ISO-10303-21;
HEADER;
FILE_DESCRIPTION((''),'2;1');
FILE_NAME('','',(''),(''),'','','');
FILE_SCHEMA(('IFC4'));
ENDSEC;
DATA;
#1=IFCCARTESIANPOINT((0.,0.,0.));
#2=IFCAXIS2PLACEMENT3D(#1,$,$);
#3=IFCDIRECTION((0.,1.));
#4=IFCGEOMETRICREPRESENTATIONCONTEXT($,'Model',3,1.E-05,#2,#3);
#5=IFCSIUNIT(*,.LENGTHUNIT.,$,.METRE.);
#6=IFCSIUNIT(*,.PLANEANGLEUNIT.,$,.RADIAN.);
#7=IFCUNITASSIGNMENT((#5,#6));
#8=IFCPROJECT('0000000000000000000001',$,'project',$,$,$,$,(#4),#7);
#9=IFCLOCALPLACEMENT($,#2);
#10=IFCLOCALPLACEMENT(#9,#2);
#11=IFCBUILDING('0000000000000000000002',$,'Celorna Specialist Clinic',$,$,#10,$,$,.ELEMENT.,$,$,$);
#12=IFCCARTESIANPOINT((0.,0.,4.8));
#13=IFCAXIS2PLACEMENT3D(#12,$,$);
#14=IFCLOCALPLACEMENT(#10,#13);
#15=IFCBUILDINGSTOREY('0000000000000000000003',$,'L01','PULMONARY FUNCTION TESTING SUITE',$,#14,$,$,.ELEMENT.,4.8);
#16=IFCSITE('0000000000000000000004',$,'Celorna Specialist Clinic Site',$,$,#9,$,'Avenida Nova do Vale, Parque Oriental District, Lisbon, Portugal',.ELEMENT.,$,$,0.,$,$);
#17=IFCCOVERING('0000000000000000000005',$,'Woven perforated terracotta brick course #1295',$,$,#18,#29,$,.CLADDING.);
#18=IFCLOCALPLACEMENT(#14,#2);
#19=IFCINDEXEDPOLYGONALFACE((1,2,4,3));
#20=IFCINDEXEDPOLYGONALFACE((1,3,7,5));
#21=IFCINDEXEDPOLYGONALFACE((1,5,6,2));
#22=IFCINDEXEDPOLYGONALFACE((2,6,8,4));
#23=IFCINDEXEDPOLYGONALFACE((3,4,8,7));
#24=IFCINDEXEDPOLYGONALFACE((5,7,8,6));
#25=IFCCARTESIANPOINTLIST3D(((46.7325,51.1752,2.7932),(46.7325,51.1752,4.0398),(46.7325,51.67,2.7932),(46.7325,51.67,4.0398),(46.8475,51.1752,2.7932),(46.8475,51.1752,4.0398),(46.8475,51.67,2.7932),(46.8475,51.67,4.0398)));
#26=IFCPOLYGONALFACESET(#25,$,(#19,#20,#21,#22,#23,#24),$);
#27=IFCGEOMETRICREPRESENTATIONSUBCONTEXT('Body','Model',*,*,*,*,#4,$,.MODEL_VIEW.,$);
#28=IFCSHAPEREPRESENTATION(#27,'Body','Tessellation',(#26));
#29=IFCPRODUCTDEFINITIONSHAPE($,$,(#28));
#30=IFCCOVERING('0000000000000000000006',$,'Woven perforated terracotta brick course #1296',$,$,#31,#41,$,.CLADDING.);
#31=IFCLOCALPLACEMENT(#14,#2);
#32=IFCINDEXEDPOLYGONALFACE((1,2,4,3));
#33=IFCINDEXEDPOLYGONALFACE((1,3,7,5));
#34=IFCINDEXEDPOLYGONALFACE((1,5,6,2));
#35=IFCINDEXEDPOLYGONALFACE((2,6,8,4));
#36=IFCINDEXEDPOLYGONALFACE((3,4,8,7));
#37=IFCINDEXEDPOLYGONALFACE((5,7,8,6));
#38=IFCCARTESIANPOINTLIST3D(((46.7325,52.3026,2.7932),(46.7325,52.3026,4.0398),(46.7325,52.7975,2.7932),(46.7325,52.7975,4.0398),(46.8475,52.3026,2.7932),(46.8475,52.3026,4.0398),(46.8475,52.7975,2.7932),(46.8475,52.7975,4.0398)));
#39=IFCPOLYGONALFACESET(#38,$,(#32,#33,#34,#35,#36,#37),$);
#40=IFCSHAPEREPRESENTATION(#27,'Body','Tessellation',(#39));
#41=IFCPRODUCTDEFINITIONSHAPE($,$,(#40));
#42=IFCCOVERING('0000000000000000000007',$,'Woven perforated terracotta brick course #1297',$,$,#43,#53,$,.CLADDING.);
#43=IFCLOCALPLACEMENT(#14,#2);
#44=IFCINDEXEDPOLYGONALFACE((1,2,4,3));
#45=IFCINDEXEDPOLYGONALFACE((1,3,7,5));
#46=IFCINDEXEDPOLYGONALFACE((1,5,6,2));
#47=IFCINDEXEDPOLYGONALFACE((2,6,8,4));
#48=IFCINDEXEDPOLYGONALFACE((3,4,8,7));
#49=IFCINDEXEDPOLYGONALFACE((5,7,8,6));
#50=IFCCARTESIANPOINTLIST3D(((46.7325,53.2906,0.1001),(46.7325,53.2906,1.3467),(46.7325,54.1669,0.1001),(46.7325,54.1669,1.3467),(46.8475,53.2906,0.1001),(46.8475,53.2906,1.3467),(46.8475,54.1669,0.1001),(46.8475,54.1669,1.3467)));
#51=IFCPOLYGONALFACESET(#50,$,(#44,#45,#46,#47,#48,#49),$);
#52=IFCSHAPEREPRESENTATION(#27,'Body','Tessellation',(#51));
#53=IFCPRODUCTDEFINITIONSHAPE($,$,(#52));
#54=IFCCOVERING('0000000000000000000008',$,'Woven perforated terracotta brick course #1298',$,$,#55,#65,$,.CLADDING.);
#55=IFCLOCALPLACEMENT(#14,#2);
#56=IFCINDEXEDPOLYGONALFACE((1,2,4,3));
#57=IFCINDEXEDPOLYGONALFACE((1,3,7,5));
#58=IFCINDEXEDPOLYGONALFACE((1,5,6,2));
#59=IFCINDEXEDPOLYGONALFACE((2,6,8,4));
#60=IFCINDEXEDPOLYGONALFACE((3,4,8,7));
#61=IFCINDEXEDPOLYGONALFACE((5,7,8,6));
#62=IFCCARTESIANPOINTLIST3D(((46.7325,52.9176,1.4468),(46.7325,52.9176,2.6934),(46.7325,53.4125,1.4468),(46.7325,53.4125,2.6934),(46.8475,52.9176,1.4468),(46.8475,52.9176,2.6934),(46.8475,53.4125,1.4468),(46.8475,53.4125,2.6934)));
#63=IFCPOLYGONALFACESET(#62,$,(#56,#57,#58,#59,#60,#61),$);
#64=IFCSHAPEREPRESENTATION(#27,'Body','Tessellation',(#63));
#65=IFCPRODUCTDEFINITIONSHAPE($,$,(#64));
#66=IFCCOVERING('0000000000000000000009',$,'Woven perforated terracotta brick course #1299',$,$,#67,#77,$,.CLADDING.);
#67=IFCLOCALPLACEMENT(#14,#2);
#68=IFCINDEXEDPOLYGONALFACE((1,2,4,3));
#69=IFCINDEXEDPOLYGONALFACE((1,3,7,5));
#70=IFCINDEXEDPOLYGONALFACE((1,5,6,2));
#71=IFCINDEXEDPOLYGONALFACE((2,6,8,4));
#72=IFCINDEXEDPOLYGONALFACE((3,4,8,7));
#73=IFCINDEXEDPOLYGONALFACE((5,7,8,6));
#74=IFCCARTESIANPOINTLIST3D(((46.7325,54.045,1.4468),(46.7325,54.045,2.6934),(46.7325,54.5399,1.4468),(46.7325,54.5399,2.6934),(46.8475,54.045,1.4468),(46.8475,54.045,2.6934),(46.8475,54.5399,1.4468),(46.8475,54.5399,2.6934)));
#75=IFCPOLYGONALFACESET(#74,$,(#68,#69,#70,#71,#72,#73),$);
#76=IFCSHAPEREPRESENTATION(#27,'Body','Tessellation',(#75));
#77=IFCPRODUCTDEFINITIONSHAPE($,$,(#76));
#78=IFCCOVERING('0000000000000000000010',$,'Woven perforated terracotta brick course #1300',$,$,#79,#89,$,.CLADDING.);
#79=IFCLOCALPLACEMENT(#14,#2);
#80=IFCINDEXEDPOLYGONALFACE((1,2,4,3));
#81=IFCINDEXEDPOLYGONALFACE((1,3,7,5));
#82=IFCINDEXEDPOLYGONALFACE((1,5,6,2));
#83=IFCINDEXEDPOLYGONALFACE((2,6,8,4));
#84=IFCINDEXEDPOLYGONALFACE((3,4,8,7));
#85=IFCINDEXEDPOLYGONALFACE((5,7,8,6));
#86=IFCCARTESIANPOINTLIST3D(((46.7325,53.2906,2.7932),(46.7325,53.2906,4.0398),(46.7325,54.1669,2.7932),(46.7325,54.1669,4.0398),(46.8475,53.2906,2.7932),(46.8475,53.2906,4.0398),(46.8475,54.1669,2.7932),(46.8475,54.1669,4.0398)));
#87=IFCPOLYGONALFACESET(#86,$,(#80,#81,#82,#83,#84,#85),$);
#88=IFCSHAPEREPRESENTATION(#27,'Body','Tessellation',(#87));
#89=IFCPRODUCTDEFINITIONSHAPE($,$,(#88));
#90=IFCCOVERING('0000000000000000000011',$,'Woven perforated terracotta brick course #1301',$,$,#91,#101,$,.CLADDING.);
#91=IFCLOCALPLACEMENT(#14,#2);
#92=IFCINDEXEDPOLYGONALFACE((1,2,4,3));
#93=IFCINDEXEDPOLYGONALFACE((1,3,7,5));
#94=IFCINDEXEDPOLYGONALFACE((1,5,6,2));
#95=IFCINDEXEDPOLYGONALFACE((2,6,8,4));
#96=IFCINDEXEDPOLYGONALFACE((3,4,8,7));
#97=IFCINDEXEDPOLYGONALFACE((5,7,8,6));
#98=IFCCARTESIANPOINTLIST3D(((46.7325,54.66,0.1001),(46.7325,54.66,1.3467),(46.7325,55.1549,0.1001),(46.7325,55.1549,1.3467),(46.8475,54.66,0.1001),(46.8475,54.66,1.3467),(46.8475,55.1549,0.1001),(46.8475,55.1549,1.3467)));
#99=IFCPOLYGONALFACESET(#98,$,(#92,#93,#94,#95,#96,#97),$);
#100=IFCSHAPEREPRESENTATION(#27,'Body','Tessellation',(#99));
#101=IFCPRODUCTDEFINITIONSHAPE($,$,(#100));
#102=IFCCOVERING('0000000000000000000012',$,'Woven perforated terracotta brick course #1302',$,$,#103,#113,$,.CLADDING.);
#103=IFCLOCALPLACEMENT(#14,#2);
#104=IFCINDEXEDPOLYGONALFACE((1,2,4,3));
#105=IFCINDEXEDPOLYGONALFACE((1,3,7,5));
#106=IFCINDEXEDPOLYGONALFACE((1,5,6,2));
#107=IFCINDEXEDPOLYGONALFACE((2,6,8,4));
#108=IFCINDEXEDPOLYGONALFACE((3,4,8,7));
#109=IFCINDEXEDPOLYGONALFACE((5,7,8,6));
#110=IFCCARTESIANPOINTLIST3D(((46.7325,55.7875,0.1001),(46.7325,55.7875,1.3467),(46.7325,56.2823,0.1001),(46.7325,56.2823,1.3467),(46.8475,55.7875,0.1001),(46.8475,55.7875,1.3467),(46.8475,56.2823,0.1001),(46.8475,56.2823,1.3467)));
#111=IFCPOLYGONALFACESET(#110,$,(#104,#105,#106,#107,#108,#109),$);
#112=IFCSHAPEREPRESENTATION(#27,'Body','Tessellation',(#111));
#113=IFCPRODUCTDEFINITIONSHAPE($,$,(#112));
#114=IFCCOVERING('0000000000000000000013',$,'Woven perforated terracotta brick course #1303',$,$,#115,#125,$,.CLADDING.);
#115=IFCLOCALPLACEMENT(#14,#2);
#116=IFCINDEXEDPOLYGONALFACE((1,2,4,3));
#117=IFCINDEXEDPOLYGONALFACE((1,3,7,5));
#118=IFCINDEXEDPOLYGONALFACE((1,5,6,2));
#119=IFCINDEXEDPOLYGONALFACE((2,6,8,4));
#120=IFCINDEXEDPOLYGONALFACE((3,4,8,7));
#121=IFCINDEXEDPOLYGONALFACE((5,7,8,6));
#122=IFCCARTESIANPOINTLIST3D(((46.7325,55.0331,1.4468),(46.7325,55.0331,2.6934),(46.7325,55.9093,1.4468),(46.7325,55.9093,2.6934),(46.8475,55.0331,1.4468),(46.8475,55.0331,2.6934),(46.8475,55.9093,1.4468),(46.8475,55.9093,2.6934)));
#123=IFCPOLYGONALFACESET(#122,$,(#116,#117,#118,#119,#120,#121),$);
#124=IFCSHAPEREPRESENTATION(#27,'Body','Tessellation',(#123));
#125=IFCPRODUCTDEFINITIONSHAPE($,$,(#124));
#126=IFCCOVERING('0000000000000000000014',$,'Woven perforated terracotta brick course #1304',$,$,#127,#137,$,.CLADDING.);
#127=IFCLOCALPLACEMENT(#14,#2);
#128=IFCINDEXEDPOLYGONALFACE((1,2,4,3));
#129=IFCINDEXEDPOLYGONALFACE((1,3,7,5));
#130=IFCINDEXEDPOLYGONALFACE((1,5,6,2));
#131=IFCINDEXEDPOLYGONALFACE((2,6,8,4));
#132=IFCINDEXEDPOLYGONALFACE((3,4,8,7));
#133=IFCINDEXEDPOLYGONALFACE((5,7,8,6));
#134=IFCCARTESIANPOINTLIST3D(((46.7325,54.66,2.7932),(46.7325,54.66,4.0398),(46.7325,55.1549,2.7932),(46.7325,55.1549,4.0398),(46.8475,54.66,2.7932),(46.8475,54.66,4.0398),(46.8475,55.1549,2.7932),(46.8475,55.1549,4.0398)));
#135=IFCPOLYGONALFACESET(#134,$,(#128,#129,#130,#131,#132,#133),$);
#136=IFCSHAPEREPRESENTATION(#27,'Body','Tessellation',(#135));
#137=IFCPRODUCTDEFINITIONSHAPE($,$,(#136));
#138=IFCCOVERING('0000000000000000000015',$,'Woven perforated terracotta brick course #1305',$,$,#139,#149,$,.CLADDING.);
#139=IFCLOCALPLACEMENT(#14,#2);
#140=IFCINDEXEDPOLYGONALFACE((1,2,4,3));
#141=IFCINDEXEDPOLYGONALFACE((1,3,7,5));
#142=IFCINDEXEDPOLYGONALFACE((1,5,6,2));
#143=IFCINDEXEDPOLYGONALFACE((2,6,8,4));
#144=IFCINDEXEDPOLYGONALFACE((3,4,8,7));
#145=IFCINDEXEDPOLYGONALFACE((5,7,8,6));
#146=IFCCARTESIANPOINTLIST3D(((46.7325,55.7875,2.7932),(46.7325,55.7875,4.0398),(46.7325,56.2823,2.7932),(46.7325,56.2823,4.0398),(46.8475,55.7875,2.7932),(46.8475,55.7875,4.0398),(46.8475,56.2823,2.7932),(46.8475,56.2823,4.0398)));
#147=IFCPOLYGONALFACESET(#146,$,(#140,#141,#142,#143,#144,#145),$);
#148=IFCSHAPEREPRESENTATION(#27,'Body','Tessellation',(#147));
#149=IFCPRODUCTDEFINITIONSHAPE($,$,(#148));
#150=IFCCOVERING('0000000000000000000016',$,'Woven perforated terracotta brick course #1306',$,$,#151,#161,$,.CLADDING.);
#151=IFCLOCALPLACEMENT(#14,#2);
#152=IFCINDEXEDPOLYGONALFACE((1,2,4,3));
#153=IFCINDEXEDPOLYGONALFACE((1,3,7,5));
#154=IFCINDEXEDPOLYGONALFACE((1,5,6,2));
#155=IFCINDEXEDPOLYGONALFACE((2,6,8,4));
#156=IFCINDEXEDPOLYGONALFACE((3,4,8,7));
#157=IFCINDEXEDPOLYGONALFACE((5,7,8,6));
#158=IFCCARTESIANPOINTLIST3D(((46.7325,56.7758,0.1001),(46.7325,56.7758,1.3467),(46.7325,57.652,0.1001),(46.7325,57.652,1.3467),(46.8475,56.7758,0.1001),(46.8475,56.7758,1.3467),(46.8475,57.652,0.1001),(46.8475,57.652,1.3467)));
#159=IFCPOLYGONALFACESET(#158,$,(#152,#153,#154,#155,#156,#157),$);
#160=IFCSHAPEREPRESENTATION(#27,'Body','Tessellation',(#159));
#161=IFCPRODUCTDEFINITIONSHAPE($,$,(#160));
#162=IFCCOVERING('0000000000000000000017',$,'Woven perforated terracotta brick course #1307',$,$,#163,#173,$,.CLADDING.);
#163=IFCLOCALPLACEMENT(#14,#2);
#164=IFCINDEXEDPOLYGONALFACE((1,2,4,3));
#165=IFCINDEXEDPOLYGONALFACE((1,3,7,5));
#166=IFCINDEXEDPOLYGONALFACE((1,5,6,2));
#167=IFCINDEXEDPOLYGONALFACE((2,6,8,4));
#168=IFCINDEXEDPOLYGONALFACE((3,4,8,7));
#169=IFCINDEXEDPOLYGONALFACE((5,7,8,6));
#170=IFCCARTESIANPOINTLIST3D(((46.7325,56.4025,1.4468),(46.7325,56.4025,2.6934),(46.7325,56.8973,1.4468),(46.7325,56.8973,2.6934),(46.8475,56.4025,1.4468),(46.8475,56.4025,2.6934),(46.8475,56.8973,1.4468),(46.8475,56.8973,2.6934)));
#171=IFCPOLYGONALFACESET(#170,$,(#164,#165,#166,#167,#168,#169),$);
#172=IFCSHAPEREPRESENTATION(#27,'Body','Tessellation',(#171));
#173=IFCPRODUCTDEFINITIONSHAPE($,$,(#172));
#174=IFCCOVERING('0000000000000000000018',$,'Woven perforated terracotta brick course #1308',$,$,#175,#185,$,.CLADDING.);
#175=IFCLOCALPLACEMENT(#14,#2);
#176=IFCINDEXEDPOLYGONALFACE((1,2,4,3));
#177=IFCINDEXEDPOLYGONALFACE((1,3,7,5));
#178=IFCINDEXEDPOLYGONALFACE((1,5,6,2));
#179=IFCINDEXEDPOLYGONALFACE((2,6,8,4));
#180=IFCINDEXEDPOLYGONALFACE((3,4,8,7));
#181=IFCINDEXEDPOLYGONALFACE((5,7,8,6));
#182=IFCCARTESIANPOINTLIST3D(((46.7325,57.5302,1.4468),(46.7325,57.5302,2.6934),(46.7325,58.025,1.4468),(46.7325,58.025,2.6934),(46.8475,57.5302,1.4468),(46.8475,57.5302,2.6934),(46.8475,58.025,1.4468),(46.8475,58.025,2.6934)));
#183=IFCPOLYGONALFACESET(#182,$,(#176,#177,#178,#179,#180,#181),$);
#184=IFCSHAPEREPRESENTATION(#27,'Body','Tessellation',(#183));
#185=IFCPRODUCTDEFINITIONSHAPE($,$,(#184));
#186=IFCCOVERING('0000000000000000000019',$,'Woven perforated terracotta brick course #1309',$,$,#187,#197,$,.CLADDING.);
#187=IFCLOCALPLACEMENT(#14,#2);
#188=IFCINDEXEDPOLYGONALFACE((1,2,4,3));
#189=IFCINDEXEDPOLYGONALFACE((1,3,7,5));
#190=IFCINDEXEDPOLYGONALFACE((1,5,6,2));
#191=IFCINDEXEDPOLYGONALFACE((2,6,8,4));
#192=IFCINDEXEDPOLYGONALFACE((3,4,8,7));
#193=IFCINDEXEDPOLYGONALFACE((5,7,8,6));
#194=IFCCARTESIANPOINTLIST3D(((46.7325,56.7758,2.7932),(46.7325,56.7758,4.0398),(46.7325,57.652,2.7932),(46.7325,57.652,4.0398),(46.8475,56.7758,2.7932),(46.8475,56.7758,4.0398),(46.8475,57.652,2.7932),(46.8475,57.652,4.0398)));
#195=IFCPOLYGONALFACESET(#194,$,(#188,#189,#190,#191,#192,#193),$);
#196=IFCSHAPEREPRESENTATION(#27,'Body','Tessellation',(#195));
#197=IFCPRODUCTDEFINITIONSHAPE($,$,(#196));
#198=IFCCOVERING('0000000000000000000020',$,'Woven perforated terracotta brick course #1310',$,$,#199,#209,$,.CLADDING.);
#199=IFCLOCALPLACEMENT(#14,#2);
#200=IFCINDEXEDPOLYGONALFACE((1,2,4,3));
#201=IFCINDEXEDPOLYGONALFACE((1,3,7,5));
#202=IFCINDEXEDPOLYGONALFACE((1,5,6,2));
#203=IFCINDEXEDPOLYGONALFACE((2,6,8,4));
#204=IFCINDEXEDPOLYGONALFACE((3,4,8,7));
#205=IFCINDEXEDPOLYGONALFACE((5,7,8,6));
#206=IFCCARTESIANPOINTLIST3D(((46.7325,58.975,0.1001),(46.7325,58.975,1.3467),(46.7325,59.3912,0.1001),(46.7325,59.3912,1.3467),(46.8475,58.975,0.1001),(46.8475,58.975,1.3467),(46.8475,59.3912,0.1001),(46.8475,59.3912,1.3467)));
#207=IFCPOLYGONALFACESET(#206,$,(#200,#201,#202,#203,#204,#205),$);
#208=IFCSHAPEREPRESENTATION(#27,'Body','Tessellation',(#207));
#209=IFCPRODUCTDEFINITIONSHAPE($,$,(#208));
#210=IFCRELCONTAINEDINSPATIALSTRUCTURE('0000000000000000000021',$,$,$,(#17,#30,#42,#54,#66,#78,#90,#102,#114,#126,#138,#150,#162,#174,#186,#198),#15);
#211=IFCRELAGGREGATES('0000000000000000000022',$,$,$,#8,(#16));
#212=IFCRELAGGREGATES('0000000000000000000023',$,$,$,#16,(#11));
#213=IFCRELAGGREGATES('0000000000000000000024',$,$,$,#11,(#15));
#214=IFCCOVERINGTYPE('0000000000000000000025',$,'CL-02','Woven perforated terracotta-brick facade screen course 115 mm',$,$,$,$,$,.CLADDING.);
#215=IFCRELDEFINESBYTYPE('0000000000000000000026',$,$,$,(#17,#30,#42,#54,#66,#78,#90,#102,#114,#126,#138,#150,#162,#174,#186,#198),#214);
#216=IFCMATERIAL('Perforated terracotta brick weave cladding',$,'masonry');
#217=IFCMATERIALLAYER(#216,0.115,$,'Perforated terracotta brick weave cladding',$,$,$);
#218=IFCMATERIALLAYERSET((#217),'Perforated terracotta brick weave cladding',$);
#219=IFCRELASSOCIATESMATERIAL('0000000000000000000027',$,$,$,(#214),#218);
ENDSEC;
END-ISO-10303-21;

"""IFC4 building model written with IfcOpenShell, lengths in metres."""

from ifc_helpers import new_model, si_unit, direction, frame, origin, origin_2d, place, context, subcontext, project, spatial, rectangle, extrude, material, layer, layer_set, type_object, element, save


model = new_model("IFC4")

# Units and contexts
model_context = context("Model", 3, precision=1e-05, world=origin(), true_north=direction((0.0, 1.0)))
body_context = subcontext(model_context, "Body", "Model", "MODEL_VIEW")
ifc_project = project(units=[si_unit("LENGTHUNIT", "METRE"), si_unit("PLANEANGLEUNIT", "RADIAN")], contexts=[model_context])

# Site, building, storey
site_placement = place(None, origin())
site = spatial("IfcSite", under=ifc_project, at=site_placement, Name="Celorna Specialist Clinic Site", LongName="Avenida Nova do Vale, Parque Oriental District, Lisbon, Portugal", CompositionType="ELEMENT", RefElevation=0.0)
building_placement = place(site_placement, origin())
building = spatial("IfcBuilding", under=site, at=building_placement, Name="Celorna Specialist Clinic", CompositionType="ELEMENT")
storey_placement = place(building_placement, frame((0.0, 0.0, 4.8)))
storey = spatial("IfcBuildingStorey", under=building, at=storey_placement, Name="L01", Description="PULMONARY FUNCTION TESTING SUITE", CompositionType="ELEMENT", Elevation=4.8)

# Coverings
ifc_material_1 = material(Name="Perforated terracotta brick weave cladding", Category="masonry")
ifc_layer = layer(ifc_material_1, 0.115, Name="Perforated terracotta brick weave cladding")
ifc_layer_set = layer_set([ifc_layer], Name="Perforated terracotta brick weave cladding")
covering_type = type_object("IfcCoveringType", Name="CL-02", Description="Woven perforated terracotta-brick facade screen course 115 mm", PredefinedType="CLADDING", material=ifc_layer_set)
for number, where, z_axis, x_axis, name in (
    (1, (46.79, 51.4226, 2.7932), (0.0, 0.0, 1.0), (0.0, 1.0, 0.0), "Woven perforated terracotta brick course #1295"),
    (2, (46.79, 52.55, 2.7932), (0.0, 0.0, 1.0), (0.0, 1.0, 0.0), "Woven perforated terracotta brick course #1296"),
):
    element("IfcCovering", number, at=place(storey_placement, frame(where, z_axis=z_axis, x_axis=x_axis)), inside=storey, type_object=covering_type, Name=name, PredefinedType="CLADDING", context=body_context, shape_type="SweptSolid", body=[
        extrude(rectangle(XDim=0.4949, YDim=0.115, at=origin_2d()), origin(), (0.0, 0.0, 1.0), 1.2466),
    ])
covering_1_placement = place(storey_placement, frame((46.79, 53.7288, 0.1001), z_axis=(0.0, 0.0, 1.0), x_axis=(0.0, 1.0, 0.0)))
element("IfcCovering", 3, at=covering_1_placement, inside=storey, type_object=covering_type, Name="Woven perforated terracotta brick course #1297", PredefinedType="CLADDING", context=body_context, shape_type="SweptSolid", body=[
    extrude(rectangle(XDim=0.8762, YDim=0.115, at=origin_2d()), origin(), (0.0, 0.0, 1.0), 1.2466),
])
for number, where, z_axis, x_axis, name in (
    (4, (46.79, 53.165, 1.4468), (0.0, 0.0, 1.0), (0.0, 1.0, 0.0), "Woven perforated terracotta brick course #1298"),
    (5, (46.79, 54.2925, 1.4468), (0.0, 0.0, 1.0), (0.0, 1.0, 0.0), "Woven perforated terracotta brick course #1299"),
):
    element("IfcCovering", number, at=place(storey_placement, frame(where, z_axis=z_axis, x_axis=x_axis)), inside=storey, type_object=covering_type, Name=name, PredefinedType="CLADDING", context=body_context, shape_type="SweptSolid", body=[
        extrude(rectangle(XDim=0.4949, YDim=0.115, at=origin_2d()), origin(), (0.0, 0.0, 1.0), 1.2466),
    ])
covering_2_placement = place(storey_placement, frame((46.79, 53.7288, 2.7932), z_axis=(0.0, 0.0, 1.0), x_axis=(0.0, 1.0, 0.0)))
element("IfcCovering", 6, at=covering_2_placement, inside=storey, type_object=covering_type, Name="Woven perforated terracotta brick course #1300", PredefinedType="CLADDING", context=body_context, shape_type="SweptSolid", body=[
    extrude(rectangle(XDim=0.8762, YDim=0.115, at=origin_2d()), origin(), (0.0, 0.0, 1.0), 1.2466),
])
for number, where, z_axis, x_axis, name in (
    (7, (46.79, 54.9075, 0.1001), (0.0, 0.0, 1.0), (0.0, 1.0, 0.0), "Woven perforated terracotta brick course #1301"),
    (8, (46.79, 56.0349, 0.1001), (0.0, 0.0, 1.0), (0.0, 1.0, 0.0), "Woven perforated terracotta brick course #1302"),
):
    element("IfcCovering", number, at=place(storey_placement, frame(where, z_axis=z_axis, x_axis=x_axis)), inside=storey, type_object=covering_type, Name=name, PredefinedType="CLADDING", context=body_context, shape_type="SweptSolid", body=[
        extrude(rectangle(XDim=0.4949, YDim=0.115, at=origin_2d()), origin(), (0.0, 0.0, 1.0), 1.2466),
    ])
covering_3_placement = place(storey_placement, frame((46.79, 55.4712, 1.4468), z_axis=(0.0, 0.0, 1.0), x_axis=(0.0, 1.0, 0.0)))
element("IfcCovering", 9, at=covering_3_placement, inside=storey, type_object=covering_type, Name="Woven perforated terracotta brick course #1303", PredefinedType="CLADDING", context=body_context, shape_type="SweptSolid", body=[
    extrude(rectangle(XDim=0.8762, YDim=0.115, at=origin_2d()), origin(), (0.0, 0.0, 1.0), 1.2466),
])
for number, where, z_axis, x_axis, name in (
    (10, (46.79, 54.9075, 2.7932), (0.0, 0.0, 1.0), (0.0, 1.0, 0.0), "Woven perforated terracotta brick course #1304"),
    (11, (46.79, 56.0349, 2.7932), (0.0, 0.0, 1.0), (0.0, 1.0, 0.0), "Woven perforated terracotta brick course #1305"),
):
    element("IfcCovering", number, at=place(storey_placement, frame(where, z_axis=z_axis, x_axis=x_axis)), inside=storey, type_object=covering_type, Name=name, PredefinedType="CLADDING", context=body_context, shape_type="SweptSolid", body=[
        extrude(rectangle(XDim=0.4949, YDim=0.115, at=origin_2d()), origin(), (0.0, 0.0, 1.0), 1.2466),
    ])
covering_4_placement = place(storey_placement, frame((46.79, 57.2139, 0.1001), z_axis=(0.0, 0.0, 1.0), x_axis=(0.0, 1.0, 0.0)))
element("IfcCovering", 12, at=covering_4_placement, inside=storey, type_object=covering_type, Name="Woven perforated terracotta brick course #1306", PredefinedType="CLADDING", context=body_context, shape_type="SweptSolid", body=[
    extrude(rectangle(XDim=0.8762, YDim=0.115, at=origin_2d()), origin(), (0.0, 0.0, 1.0), 1.2466),
])
for number, where, z_axis, x_axis, name in (
    (13, (46.79, 56.6499, 1.4468), (0.0, 0.0, 1.0), (0.0, 1.0, 0.0), "Woven perforated terracotta brick course #1307"),
    (14, (46.79, 57.7776, 1.4468), (0.0, 0.0, 1.0), (0.0, 1.0, 0.0), "Woven perforated terracotta brick course #1308"),
):
    element("IfcCovering", number, at=place(storey_placement, frame(where, z_axis=z_axis, x_axis=x_axis)), inside=storey, type_object=covering_type, Name=name, PredefinedType="CLADDING", context=body_context, shape_type="SweptSolid", body=[
        extrude(rectangle(XDim=0.4949, YDim=0.115, at=origin_2d()), origin(), (0.0, 0.0, 1.0), 1.2466),
    ])
covering_5_placement = place(storey_placement, frame((46.79, 57.2139, 2.7932), z_axis=(0.0, 0.0, 1.0), x_axis=(0.0, 1.0, 0.0)))
element("IfcCovering", 15, at=covering_5_placement, inside=storey, type_object=covering_type, Name="Woven perforated terracotta brick course #1309", PredefinedType="CLADDING", context=body_context, shape_type="SweptSolid", body=[
    extrude(rectangle(XDim=0.8762, YDim=0.115, at=origin_2d()), origin(), (0.0, 0.0, 1.0), 1.2466),
])
for number, where, z_axis, x_axis, name in (
    (16, (46.79, 59.1831, 0.1001), (0.0, 0.0, 1.0), (0.0, 1.0, 0.0), "Woven perforated terracotta brick course #1310"),
):
    element("IfcCovering", number, at=place(storey_placement, frame(where, z_axis=z_axis, x_axis=x_axis)), inside=storey, type_object=covering_type, Name=name, PredefinedType="CLADDING", context=body_context, shape_type="SweptSolid", body=[
        extrude(rectangle(XDim=0.4163, YDim=0.115, at=origin_2d()), origin(), (0.0, 0.0, 1.0), 1.2466),
    ])

save(model, "model.ifc")
